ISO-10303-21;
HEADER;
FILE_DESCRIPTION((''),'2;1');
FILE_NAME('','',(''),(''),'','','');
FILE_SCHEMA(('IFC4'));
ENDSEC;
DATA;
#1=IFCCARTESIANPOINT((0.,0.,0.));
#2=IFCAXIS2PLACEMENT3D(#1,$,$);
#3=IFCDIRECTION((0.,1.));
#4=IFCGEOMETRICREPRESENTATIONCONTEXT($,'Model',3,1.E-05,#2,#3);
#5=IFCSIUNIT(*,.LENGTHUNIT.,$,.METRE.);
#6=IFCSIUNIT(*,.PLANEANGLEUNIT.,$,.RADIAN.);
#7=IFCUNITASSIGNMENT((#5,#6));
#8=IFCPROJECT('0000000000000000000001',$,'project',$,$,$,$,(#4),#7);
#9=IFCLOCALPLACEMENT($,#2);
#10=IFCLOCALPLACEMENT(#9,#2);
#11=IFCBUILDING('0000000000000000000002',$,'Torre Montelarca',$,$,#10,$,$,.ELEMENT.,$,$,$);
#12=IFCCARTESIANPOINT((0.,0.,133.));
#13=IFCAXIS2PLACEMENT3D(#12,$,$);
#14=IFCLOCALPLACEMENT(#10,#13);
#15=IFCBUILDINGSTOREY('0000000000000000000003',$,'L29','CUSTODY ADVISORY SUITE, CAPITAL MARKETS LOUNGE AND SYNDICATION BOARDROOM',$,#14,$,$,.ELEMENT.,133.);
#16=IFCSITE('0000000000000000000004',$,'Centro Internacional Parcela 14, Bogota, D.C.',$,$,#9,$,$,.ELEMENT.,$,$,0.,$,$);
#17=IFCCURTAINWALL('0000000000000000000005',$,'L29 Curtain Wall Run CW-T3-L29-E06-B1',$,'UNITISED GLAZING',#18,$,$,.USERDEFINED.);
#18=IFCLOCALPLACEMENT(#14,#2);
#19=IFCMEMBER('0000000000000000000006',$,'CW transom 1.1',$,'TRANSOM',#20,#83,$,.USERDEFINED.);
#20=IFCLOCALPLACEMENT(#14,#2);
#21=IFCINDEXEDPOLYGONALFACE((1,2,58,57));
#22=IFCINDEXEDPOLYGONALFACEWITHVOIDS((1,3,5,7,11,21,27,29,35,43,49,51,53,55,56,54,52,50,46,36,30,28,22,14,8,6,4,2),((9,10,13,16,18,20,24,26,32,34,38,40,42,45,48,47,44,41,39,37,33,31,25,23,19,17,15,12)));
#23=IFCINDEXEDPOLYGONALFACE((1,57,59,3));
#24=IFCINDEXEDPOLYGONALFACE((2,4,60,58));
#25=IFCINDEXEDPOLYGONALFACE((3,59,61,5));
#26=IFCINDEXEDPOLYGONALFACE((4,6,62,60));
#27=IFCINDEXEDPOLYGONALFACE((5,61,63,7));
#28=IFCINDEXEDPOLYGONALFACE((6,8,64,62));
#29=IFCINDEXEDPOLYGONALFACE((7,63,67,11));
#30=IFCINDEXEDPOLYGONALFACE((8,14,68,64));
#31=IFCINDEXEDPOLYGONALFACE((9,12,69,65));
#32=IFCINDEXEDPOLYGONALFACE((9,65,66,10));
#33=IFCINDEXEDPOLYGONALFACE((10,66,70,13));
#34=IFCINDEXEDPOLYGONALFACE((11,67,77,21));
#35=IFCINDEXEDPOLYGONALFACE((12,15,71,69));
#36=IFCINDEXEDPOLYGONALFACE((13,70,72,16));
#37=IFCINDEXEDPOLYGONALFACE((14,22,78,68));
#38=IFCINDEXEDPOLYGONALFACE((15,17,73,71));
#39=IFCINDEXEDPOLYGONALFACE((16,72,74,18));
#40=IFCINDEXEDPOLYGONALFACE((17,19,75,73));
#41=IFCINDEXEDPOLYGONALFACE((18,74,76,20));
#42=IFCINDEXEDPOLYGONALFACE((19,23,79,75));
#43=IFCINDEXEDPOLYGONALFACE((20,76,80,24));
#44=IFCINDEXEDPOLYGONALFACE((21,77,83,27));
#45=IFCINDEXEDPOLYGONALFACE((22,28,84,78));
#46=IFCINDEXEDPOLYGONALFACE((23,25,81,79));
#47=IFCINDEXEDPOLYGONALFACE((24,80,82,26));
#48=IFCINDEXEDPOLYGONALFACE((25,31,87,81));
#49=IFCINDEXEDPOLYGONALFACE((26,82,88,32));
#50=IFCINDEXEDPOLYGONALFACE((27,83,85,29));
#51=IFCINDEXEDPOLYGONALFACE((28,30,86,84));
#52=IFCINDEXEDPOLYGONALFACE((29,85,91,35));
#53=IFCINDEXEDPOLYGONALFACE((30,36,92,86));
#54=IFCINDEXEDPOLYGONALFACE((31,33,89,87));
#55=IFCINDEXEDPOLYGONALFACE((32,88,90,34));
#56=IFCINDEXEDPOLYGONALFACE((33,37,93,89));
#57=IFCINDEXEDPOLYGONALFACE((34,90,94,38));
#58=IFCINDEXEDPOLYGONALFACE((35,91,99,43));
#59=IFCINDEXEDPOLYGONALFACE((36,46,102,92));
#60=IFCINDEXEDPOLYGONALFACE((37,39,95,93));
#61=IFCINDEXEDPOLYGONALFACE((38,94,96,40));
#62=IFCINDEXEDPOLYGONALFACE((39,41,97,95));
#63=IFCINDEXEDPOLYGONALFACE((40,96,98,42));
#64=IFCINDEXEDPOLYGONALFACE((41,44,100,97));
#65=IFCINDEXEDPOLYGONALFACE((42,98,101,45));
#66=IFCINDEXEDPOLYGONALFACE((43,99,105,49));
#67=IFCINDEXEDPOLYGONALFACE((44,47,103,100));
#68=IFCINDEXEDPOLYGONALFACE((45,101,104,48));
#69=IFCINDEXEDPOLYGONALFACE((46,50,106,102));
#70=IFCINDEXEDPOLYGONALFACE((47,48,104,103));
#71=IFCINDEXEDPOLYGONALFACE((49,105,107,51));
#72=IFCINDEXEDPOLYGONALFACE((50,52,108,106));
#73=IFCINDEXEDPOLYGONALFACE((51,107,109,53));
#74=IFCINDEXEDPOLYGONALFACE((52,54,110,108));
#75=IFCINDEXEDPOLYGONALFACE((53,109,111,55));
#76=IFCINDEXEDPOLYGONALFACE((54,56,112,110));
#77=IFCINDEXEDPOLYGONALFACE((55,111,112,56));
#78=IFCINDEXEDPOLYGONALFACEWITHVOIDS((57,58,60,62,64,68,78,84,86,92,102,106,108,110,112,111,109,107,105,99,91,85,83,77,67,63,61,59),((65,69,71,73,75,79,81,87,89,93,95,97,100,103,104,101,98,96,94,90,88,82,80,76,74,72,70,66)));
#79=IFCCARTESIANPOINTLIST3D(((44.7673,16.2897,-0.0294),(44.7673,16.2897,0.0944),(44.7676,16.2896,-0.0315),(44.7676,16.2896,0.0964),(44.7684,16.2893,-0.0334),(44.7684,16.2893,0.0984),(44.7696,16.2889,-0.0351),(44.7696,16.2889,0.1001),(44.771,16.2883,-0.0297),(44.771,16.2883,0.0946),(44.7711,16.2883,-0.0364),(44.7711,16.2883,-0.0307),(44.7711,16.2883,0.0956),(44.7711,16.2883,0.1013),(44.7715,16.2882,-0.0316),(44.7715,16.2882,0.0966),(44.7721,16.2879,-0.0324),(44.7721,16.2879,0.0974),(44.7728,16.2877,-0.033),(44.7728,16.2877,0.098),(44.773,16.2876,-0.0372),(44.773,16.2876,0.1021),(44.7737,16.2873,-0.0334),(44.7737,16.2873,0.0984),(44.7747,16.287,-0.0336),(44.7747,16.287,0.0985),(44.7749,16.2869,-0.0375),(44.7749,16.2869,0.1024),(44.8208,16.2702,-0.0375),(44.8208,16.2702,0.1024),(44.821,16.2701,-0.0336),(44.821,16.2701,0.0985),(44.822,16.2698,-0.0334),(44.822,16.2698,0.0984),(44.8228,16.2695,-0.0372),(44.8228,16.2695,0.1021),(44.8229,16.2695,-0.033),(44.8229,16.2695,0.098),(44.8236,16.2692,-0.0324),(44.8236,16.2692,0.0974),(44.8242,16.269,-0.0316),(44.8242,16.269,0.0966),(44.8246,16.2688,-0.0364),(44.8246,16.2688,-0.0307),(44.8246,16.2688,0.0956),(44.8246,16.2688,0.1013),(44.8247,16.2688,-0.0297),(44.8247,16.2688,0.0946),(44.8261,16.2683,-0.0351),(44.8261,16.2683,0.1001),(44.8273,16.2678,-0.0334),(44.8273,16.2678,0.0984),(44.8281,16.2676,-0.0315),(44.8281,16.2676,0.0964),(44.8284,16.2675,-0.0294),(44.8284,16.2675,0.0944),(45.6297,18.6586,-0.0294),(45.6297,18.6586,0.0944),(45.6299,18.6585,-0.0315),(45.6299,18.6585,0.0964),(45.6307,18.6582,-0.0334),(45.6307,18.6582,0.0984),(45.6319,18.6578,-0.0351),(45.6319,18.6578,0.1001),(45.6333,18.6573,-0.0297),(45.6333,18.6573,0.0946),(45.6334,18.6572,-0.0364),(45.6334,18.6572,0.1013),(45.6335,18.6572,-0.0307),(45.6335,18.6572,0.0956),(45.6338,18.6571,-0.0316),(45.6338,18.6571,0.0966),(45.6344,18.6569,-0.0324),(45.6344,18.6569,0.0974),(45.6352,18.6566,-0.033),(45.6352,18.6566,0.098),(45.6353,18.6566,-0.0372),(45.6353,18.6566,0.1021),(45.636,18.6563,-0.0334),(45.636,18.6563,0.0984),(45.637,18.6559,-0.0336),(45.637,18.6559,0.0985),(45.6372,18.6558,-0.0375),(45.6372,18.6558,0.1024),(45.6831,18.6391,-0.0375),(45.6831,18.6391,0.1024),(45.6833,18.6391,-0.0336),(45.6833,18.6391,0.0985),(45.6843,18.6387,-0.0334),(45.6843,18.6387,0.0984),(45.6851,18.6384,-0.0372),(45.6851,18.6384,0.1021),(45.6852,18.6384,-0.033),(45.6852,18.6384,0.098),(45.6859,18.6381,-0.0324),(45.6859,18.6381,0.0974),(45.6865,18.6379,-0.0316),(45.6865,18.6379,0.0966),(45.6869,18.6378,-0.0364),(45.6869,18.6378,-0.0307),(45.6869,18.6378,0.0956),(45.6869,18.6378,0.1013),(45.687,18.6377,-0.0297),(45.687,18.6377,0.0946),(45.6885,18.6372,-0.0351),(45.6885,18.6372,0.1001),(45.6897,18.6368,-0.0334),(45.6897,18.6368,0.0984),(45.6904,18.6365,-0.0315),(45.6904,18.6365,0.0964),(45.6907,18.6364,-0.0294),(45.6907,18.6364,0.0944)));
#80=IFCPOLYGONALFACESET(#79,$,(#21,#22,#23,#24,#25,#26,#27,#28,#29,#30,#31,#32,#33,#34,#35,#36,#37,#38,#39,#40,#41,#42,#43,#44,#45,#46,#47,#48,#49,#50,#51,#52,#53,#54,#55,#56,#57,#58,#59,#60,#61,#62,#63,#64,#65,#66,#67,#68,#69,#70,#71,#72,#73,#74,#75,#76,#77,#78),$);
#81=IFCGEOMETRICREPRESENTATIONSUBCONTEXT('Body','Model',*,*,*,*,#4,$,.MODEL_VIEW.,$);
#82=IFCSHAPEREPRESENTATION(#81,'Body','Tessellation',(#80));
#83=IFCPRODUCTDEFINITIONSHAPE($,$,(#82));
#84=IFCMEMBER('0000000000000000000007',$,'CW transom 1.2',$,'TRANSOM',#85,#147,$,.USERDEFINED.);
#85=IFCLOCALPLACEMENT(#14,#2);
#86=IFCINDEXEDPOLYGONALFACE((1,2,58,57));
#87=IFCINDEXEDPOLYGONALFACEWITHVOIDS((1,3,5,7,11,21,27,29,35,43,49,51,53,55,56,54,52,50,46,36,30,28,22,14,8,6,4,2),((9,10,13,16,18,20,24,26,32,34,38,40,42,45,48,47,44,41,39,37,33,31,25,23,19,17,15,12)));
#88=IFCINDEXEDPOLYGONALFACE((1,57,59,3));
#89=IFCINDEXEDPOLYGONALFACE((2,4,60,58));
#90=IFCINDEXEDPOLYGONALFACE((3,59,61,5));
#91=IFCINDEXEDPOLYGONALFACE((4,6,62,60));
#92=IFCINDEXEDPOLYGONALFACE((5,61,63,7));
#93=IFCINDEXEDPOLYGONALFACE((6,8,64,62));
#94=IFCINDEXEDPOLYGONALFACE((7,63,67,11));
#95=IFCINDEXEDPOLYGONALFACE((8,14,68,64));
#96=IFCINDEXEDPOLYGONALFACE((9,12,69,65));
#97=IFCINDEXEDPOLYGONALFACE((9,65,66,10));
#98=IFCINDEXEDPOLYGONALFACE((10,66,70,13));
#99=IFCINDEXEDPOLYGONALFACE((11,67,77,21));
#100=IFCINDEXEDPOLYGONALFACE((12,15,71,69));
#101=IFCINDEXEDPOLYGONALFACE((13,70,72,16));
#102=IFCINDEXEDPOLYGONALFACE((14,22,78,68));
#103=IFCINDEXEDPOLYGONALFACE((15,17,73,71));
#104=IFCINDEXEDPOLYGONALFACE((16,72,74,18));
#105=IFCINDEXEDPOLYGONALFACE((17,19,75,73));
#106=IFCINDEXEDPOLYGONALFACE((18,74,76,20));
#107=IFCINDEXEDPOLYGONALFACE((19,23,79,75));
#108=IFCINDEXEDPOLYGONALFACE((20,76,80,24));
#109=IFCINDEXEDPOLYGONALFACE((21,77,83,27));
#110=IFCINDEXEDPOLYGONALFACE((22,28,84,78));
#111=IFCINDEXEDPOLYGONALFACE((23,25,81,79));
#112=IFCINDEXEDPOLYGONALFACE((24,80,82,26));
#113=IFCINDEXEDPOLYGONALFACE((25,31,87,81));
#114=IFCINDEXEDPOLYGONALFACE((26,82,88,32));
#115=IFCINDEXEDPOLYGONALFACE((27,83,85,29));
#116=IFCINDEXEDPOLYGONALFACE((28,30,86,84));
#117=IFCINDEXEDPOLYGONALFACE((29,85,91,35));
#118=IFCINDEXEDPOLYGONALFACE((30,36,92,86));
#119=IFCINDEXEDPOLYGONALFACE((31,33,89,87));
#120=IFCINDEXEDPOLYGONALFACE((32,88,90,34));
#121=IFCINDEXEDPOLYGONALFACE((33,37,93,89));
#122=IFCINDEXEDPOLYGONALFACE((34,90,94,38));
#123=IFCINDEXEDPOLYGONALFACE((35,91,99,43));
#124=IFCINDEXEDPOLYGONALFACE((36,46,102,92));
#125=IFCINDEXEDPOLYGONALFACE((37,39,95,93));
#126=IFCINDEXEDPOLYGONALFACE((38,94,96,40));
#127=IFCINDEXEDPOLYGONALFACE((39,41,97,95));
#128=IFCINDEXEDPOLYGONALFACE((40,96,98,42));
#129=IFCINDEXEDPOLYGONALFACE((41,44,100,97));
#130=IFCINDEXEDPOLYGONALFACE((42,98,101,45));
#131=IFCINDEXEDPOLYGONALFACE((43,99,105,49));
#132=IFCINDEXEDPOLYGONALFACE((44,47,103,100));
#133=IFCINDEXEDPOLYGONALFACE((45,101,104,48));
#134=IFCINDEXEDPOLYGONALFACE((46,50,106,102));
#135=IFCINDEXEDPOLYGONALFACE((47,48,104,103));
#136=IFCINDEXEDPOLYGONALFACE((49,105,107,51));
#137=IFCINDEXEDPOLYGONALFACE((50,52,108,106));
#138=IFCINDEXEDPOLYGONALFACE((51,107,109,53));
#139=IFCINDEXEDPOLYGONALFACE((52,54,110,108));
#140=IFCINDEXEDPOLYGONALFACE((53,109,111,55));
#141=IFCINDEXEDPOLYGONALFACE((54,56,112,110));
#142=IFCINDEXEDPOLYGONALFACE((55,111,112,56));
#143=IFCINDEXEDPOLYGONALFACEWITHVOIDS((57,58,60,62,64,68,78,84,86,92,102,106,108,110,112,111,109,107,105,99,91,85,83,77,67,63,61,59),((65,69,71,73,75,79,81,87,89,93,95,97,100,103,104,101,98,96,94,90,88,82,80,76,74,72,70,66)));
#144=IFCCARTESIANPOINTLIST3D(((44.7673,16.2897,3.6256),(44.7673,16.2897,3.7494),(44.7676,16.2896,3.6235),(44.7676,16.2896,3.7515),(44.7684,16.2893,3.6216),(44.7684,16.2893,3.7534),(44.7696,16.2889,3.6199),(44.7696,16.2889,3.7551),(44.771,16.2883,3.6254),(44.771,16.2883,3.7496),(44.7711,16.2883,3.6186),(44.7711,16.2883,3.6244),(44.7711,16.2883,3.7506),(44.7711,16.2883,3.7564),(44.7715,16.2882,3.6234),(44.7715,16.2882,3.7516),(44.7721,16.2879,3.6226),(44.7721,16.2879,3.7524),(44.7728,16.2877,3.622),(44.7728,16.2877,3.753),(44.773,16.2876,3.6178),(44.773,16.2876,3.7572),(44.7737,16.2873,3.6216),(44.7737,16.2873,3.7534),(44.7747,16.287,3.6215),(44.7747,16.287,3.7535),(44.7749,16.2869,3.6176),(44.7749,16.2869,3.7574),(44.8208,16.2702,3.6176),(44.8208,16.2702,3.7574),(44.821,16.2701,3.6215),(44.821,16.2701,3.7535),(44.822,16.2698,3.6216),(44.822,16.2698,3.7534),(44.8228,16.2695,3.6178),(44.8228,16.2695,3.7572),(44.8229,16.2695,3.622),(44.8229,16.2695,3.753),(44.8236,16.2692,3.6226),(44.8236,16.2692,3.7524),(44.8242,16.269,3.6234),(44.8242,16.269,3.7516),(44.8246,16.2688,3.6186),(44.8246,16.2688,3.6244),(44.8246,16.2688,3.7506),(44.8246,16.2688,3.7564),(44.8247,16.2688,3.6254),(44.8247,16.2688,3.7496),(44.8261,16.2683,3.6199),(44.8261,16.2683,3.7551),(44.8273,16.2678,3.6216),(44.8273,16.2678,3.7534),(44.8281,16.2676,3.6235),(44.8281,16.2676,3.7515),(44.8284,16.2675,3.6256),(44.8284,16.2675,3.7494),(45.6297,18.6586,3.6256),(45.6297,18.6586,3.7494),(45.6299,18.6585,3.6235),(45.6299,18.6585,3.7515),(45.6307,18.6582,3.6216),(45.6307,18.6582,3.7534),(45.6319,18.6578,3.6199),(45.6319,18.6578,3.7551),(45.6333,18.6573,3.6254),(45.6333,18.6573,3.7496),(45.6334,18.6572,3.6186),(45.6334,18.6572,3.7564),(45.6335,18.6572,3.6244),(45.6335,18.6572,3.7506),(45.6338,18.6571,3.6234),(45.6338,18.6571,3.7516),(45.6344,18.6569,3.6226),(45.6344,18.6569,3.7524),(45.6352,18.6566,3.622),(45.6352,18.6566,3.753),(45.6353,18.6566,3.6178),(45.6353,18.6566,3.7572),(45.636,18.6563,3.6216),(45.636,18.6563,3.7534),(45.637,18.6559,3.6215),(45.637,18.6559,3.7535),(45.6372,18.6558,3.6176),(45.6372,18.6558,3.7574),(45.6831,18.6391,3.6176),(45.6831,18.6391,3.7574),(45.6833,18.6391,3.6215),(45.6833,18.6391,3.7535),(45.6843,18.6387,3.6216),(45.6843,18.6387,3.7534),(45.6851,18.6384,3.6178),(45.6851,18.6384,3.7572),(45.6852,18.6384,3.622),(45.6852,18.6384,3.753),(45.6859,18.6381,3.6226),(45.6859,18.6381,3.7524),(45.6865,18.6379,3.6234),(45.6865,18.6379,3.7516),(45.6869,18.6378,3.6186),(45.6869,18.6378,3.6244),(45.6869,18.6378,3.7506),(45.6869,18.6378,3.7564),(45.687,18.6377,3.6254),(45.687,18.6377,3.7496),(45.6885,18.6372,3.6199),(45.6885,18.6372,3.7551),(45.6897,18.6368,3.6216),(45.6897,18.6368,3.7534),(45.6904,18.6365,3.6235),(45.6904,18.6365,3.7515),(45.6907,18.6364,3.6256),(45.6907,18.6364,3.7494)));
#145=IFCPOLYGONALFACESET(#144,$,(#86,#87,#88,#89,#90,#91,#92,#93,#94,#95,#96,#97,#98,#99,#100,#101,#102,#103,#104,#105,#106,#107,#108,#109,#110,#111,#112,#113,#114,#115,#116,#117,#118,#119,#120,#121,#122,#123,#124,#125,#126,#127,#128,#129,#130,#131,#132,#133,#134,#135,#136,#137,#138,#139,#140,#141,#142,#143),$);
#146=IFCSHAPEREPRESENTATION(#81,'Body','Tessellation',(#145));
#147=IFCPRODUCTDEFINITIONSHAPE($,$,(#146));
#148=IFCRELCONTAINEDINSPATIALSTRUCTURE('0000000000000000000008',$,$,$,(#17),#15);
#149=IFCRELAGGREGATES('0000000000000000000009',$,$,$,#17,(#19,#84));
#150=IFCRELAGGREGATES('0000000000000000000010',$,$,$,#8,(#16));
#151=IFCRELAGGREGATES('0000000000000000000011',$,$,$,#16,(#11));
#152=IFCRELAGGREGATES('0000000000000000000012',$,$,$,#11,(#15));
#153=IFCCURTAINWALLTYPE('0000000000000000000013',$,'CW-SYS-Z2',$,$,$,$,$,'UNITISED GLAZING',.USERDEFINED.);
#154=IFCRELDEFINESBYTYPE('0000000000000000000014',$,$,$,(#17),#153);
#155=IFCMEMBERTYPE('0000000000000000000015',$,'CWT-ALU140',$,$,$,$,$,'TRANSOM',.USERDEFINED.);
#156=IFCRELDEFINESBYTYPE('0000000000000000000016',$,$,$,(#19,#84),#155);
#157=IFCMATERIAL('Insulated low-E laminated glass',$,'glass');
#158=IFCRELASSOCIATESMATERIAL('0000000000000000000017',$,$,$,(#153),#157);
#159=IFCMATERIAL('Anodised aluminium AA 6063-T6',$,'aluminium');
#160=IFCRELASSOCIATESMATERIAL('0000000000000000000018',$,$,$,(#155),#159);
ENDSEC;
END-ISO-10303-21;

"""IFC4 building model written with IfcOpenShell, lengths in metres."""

from ifc_helpers import new_model, si_unit, direction, frame, origin, origin_2d, place, context, subcontext, project, spatial, hollow_rectangle, extrude, source, transform, mapped, material, material_profile, profile_set, type_object, element, aggregate, save


model = new_model("IFC4")

# Units and contexts
model_context = context("Model", 3, precision=1e-05, world=origin(), true_north=direction((0.0, 1.0)))
body_context = subcontext(model_context, "Body", "Model", "MODEL_VIEW")
ifc_project = project(units=[si_unit("LENGTHUNIT", "METRE"), si_unit("PLANEANGLEUNIT", "RADIAN")], contexts=[model_context])

# Site, building, storey
site_placement = place(None, origin())
site = spatial("IfcSite", under=ifc_project, at=site_placement, Name="Centro Internacional Parcela 14, Bogota, D.C.", CompositionType="ELEMENT", RefElevation=0.0)
building_placement = place(site_placement, origin())
building = spatial("IfcBuilding", under=site, at=building_placement, Name="Torre Montelarca", CompositionType="ELEMENT")
storey_placement = place(building_placement, frame((0.0, 0.0, 133.0)))
storey = spatial("IfcBuildingStorey", under=building, at=storey_placement, Name="L29", Description="CUSTODY ADVISORY SUITE, CAPITAL MARKETS LOUNGE AND SYNDICATION BOARDROOM", CompositionType="ELEMENT", Elevation=133.0)

# Curtain wall
ifc_material_1 = material(Name="Insulated low-E laminated glass", Category="glass")
curtain_wall_type = type_object("IfcCurtainWallType", Name="CW-SYS-Z2", ElementType="UNITISED GLAZING", PredefinedType="USERDEFINED", material=ifc_material_1)
ifc_material_2 = material(Name="Anodised aluminium AA 6063-T6", Category="aluminium")
ifc_material_profile_1 = material_profile(ifc_material_2, hollow_rectangle(XDim=0.0649, YDim=0.1399, WallThickness=0.0039, InnerFilletRadius=0.0039, OuterFilletRadius=0.0081, at=origin_2d()), Name="ALU65X140X4", Category="aluminium")
ifc_profile_set_1 = profile_set([ifc_material_profile_1], Name="Anodised aluminium AA 6063-T6")
member_type_1 = type_object("IfcMemberType", Name="CWT-ALU140", ElementType="TRANSOM", PredefinedType="USERDEFINED", material=ifc_profile_set_1)
curtain_wall_1_placement = place(storey_placement, origin())
curtain_wall_1 = element("IfcCurtainWall", 1, at=curtain_wall_1_placement, inside=storey, type_object=curtain_wall_type, Name="L29 Curtain Wall Run CW-T3-L29-E06-B1", ObjectType="UNITISED GLAZING", PredefinedType="USERDEFINED")

# Members
shared_shape_1 = source(origin(), body_context, "Body", "SweptSolid", [
    extrude(hollow_rectangle(XDim=0.0649, YDim=0.1399, WallThickness=0.0039, InnerFilletRadius=0.0039, OuterFilletRadius=0.0081, at=origin_2d()), origin(), (0.0, 0.0, 1.0), 2.521),
])
member_1_placement = place(storey_placement, frame((44.7979, 16.2786, 0.0325), z_axis=(0.342054, 0.93968, 0.0), x_axis=(-0.93968, 0.342054, 0.0)))
member_1 = element("IfcMember", 2, at=member_1_placement, type_object=member_type_1, Name="CW transom 1.1", ObjectType="TRANSOM", PredefinedType="USERDEFINED", context=body_context, shape_type="MappedRepresentation", body=[
    mapped(shared_shape_1, transform((0.0, 0.0, 0.0), scale=1.0)),
])
member_2_placement = place(storey_placement, frame((44.7979, 16.2786, 3.6875), z_axis=(0.342054, 0.93968, 0.0), x_axis=(-0.93968, 0.342054, 0.0)))
member_2 = element("IfcMember", 3, at=member_2_placement, type_object=member_type_1, Name="CW transom 1.2", ObjectType="TRANSOM", PredefinedType="USERDEFINED", context=body_context, shape_type="MappedRepresentation", body=[
    mapped(shared_shape_1, transform((0.0, 0.0, 0.0), scale=1.0)),
])

aggregate(curtain_wall_1, [member_1, member_2])

save(model, "model.ifc")
